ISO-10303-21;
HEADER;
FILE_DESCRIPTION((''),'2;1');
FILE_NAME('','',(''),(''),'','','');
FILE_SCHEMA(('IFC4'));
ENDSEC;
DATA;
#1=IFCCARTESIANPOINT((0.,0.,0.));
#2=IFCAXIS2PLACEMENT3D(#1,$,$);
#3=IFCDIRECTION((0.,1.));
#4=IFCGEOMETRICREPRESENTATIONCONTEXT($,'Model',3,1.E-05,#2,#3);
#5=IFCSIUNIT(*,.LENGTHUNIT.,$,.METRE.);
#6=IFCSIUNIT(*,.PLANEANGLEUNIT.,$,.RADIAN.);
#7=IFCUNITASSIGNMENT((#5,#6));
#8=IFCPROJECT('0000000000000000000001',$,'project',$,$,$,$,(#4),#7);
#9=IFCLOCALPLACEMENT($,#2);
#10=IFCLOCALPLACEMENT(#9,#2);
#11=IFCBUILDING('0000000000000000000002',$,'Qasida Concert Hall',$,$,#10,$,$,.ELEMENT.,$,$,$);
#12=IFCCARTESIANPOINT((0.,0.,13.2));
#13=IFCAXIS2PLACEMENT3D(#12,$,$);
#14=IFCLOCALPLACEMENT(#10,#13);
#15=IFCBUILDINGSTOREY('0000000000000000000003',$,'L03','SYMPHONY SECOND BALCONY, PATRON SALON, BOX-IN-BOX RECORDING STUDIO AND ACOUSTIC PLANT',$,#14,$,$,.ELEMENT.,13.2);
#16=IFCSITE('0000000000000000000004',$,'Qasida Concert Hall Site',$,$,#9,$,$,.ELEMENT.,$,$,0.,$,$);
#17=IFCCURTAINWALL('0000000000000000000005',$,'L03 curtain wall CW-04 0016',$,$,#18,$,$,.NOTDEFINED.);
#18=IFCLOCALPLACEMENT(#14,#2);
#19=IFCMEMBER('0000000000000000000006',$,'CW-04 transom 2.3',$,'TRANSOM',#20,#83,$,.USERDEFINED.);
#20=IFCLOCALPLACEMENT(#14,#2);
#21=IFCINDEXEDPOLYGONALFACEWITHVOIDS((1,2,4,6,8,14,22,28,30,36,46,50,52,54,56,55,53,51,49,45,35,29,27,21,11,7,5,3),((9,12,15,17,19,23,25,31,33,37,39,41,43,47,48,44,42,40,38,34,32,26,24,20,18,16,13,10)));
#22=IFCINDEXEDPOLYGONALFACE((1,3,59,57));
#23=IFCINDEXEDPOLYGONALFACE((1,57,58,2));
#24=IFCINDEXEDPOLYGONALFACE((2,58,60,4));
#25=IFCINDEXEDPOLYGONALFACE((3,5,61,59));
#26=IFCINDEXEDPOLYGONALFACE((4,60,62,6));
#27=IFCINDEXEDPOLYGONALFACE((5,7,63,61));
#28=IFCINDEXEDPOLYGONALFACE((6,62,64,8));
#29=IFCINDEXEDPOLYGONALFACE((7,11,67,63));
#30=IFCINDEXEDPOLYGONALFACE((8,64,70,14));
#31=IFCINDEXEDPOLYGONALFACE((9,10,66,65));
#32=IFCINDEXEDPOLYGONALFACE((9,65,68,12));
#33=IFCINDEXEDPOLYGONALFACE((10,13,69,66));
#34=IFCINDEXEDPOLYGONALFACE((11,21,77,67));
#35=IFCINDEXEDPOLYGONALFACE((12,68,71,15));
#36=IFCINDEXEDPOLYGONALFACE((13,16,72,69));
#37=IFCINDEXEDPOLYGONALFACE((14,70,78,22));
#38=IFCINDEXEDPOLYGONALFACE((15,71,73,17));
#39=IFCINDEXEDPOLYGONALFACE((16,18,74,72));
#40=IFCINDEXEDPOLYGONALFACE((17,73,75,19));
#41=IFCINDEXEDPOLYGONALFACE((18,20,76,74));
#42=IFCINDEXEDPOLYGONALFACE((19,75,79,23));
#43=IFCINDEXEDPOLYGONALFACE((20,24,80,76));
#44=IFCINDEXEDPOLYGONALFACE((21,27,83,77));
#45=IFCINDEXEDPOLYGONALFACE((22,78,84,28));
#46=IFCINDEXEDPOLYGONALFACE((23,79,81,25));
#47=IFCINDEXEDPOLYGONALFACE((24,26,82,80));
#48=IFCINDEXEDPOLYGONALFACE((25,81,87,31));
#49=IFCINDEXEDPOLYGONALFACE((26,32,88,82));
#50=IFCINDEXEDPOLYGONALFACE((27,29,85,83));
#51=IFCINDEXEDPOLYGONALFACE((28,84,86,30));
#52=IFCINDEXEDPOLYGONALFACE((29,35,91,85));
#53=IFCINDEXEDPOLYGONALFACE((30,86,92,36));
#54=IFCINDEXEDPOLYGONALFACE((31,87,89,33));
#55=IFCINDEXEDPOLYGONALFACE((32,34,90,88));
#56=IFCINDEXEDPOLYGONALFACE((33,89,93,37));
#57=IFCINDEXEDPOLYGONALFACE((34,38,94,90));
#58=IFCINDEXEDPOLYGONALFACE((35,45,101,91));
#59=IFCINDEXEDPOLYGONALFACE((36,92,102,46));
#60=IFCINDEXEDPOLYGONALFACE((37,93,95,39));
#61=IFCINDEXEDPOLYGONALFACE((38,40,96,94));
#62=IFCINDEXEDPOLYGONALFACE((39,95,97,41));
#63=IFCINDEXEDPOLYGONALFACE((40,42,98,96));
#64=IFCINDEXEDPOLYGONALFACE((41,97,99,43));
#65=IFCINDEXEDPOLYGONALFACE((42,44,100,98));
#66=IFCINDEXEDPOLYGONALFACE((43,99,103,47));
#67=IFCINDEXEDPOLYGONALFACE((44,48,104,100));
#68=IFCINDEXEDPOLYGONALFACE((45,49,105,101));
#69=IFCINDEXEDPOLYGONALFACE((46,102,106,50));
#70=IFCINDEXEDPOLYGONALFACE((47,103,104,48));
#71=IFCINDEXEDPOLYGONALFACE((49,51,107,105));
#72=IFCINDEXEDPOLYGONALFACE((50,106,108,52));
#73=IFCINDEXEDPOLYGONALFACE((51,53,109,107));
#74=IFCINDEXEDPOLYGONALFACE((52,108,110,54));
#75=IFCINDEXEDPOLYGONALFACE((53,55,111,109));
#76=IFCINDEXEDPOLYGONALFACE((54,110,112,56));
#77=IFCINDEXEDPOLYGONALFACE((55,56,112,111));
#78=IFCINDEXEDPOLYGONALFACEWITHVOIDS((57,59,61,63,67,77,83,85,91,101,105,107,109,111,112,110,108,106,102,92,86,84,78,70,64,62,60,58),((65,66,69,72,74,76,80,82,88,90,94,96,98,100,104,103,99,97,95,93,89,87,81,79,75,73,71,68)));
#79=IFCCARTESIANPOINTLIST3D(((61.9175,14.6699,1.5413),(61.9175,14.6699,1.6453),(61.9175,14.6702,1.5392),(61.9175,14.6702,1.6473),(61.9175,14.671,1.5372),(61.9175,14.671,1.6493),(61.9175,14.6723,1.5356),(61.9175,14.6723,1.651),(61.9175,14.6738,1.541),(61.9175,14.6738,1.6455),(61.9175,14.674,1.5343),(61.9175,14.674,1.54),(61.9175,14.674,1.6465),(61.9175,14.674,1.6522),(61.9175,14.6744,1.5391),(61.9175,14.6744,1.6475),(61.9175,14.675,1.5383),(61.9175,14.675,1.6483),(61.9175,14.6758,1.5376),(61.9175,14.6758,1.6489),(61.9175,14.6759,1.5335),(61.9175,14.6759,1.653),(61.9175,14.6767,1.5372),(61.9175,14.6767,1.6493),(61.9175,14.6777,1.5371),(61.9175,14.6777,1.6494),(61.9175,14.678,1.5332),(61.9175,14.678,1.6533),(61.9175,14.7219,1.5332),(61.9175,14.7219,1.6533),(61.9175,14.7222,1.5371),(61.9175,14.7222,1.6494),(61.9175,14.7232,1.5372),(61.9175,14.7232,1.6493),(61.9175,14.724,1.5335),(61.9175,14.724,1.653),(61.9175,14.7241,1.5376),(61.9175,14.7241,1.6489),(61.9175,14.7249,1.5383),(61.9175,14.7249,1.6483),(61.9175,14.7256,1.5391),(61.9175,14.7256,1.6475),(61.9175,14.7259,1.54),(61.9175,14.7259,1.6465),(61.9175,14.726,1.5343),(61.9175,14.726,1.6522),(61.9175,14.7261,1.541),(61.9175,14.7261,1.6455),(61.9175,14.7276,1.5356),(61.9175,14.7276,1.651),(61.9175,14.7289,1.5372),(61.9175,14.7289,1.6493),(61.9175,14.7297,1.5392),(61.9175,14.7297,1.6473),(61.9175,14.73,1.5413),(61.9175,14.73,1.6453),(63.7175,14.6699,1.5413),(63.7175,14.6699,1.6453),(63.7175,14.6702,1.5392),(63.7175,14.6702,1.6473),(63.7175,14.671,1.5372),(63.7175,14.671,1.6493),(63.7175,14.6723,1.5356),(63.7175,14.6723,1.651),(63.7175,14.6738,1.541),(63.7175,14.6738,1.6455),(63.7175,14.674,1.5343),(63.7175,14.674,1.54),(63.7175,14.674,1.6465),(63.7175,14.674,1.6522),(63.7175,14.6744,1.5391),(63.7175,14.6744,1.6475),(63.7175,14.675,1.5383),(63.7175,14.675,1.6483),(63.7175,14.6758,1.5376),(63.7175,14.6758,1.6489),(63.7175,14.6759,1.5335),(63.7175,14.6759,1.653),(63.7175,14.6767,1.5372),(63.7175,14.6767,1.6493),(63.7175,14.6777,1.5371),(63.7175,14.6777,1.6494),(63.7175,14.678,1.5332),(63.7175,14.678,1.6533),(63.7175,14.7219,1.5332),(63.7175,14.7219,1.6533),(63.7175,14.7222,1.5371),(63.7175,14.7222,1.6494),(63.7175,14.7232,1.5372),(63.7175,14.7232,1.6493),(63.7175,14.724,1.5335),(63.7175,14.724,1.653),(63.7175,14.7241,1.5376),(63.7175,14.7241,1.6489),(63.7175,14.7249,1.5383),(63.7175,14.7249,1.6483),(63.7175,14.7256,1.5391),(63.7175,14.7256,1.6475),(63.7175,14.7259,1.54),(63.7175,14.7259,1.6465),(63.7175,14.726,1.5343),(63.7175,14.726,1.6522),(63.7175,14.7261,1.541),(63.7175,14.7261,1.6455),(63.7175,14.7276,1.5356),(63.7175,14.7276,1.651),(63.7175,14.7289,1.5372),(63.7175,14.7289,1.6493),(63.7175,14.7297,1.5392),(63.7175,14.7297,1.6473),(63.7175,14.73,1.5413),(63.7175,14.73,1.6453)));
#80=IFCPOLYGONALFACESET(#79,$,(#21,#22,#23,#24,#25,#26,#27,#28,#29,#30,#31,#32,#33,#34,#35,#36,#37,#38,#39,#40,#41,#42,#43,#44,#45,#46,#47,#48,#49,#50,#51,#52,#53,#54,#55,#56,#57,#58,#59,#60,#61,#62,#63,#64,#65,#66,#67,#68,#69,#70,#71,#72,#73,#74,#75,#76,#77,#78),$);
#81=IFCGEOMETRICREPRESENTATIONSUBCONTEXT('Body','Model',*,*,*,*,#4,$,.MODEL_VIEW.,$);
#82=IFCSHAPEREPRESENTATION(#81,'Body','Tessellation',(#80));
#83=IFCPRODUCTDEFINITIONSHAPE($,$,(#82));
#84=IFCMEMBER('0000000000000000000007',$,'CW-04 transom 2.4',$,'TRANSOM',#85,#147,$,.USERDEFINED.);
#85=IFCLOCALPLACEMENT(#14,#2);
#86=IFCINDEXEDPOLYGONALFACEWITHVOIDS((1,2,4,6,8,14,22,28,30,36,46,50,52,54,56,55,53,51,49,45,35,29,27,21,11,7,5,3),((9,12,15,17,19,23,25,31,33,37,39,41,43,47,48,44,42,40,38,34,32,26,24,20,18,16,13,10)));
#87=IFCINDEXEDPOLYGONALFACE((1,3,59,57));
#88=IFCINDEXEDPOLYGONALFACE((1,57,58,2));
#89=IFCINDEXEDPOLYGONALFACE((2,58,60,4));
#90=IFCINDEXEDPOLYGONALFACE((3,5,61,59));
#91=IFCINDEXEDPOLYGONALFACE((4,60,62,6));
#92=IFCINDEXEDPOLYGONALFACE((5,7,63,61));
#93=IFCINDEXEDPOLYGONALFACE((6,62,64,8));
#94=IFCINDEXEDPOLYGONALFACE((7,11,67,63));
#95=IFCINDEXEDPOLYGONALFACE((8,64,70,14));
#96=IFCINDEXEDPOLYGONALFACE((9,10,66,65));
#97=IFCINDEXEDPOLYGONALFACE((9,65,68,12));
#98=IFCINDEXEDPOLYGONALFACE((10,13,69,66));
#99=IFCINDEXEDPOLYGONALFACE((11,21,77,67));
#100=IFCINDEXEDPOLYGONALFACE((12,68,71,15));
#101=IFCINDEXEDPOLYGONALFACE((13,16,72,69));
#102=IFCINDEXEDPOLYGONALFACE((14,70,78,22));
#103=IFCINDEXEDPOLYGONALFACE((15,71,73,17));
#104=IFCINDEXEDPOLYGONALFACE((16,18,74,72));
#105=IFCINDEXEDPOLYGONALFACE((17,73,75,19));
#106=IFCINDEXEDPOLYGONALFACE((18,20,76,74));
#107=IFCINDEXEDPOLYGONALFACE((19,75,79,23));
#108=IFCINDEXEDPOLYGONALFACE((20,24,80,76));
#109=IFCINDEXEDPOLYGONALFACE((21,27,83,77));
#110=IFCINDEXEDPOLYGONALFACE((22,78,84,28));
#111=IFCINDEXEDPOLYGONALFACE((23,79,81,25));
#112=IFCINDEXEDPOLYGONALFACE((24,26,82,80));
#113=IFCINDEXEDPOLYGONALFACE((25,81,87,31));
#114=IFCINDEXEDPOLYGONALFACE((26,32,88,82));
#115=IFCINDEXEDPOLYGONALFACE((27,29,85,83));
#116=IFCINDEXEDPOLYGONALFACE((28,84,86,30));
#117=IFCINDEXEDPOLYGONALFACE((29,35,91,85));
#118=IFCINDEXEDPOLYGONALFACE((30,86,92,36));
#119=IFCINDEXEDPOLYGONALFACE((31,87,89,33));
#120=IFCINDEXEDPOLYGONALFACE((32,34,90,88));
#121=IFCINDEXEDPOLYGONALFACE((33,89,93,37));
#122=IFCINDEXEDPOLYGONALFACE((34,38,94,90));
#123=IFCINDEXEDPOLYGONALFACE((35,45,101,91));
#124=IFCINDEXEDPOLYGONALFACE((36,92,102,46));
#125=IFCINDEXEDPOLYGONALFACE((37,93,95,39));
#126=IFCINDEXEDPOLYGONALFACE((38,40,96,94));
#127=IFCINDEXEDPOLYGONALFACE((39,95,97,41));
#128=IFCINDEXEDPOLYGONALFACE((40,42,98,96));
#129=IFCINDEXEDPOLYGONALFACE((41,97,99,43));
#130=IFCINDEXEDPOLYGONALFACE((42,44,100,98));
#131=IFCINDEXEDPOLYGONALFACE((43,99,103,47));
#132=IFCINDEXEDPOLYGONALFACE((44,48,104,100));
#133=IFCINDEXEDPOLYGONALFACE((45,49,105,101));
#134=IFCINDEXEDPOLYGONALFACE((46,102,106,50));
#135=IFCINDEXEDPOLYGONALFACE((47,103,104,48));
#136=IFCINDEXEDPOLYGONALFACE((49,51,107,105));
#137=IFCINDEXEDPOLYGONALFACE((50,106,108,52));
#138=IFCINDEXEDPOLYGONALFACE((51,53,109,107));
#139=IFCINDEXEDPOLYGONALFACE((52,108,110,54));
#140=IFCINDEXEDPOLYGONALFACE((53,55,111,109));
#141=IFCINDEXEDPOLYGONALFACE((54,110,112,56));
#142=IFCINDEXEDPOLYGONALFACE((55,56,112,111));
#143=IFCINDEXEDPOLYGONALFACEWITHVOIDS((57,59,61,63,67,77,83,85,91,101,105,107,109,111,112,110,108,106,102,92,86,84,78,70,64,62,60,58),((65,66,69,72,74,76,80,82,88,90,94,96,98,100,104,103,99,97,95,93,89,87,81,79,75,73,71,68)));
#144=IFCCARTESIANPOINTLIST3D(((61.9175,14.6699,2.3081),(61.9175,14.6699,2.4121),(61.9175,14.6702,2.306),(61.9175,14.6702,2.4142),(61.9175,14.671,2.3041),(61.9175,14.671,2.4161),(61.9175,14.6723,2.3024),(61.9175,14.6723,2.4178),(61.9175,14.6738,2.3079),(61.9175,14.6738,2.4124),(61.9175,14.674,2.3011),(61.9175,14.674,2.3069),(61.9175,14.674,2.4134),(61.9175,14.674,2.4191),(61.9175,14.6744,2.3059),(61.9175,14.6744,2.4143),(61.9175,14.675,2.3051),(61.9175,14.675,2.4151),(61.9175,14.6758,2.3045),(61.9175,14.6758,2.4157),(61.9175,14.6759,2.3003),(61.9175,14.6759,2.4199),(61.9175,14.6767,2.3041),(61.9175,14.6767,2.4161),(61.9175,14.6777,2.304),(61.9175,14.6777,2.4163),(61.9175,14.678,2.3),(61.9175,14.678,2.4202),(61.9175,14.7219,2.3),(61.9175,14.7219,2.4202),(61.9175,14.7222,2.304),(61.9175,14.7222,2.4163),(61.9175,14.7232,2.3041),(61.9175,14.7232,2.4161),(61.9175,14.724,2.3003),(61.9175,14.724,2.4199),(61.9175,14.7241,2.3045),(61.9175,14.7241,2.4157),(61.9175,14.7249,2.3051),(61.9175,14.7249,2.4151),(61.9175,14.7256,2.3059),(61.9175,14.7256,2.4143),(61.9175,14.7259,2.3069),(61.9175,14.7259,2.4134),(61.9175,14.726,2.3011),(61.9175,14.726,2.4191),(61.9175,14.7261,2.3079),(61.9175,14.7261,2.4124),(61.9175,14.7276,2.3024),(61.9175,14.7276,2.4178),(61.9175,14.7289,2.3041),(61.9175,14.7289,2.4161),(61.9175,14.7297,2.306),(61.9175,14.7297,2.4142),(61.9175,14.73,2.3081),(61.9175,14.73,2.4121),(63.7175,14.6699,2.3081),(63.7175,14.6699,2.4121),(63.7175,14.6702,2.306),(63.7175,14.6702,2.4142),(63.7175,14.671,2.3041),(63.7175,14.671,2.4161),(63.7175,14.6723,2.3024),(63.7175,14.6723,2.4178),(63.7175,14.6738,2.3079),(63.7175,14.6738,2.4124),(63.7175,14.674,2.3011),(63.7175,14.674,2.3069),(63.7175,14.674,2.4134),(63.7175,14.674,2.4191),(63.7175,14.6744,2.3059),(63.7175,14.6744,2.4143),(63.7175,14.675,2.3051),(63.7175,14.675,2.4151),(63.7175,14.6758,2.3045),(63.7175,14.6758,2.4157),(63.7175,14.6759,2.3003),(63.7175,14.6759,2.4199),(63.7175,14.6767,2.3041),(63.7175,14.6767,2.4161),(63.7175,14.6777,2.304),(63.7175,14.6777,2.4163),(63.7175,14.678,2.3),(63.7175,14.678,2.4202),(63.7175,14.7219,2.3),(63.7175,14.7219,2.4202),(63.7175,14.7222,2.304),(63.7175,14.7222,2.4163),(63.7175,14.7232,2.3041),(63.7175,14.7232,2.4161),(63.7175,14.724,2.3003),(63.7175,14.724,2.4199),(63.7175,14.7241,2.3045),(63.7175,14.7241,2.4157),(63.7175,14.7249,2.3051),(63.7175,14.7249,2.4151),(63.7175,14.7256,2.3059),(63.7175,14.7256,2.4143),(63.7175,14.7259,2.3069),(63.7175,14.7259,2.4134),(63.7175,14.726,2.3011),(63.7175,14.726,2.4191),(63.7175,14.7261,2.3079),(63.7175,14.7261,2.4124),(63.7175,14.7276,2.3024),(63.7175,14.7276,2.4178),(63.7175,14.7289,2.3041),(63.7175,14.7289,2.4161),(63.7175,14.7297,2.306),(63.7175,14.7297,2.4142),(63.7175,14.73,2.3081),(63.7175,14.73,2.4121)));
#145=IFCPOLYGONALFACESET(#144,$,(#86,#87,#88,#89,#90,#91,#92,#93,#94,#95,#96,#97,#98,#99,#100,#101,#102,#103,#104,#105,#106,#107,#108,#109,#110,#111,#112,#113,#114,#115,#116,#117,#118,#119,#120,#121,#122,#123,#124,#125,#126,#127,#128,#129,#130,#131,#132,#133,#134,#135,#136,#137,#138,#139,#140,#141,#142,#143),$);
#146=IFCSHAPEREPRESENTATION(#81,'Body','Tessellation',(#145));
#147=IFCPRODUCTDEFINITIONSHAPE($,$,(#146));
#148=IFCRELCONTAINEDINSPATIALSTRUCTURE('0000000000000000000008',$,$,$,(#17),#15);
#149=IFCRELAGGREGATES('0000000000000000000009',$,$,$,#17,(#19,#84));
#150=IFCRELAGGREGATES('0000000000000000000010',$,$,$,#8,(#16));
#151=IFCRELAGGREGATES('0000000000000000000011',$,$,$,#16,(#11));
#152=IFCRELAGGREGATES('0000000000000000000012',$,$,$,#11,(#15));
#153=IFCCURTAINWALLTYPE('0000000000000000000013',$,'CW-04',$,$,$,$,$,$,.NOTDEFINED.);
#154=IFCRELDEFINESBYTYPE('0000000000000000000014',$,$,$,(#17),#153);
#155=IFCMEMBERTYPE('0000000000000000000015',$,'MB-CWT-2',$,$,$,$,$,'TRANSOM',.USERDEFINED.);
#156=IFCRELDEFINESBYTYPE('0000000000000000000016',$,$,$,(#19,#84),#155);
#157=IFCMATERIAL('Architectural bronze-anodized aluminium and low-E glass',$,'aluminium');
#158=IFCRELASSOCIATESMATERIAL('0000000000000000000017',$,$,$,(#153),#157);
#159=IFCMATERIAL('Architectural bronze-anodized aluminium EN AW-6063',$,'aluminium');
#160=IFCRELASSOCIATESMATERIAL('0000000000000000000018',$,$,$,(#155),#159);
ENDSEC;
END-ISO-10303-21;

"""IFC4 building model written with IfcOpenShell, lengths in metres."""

from ifc_helpers import new_model, si_unit, direction, frame, origin, origin_2d, place, context, subcontext, project, spatial, hollow_rectangle, extrude, material, material_profile, profile_set, type_object, element, aggregate, save


model = new_model("IFC4")

# Units and contexts
model_context = context("Model", 3, precision=1e-05, world=origin(), true_north=direction((0.0, 1.0)))
body_context = subcontext(model_context, "Body", "Model", "MODEL_VIEW")
ifc_project = project(units=[si_unit("LENGTHUNIT", "METRE"), si_unit("PLANEANGLEUNIT", "RADIAN")], contexts=[model_context])

# Site, building, storey
site_placement = place(None, origin())
site = spatial("IfcSite", under=ifc_project, at=site_placement, Name="Qasida Concert Hall Site", CompositionType="ELEMENT", RefElevation=0.0)
building_placement = place(site_placement, origin())
building = spatial("IfcBuilding", under=site, at=building_placement, Name="Qasida Concert Hall", CompositionType="ELEMENT")
storey_placement = place(building_placement, frame((0.0, 0.0, 13.2)))
storey = spatial("IfcBuildingStorey", under=building, at=storey_placement, Name="L03", Description="SYMPHONY SECOND BALCONY, PATRON SALON, BOX-IN-BOX RECORDING STUDIO AND ACOUSTIC PLANT", CompositionType="ELEMENT", Elevation=13.2)

# Curtain wall, members
ifc_material_1 = material(Name="Architectural bronze-anodized aluminium and low-E glass", Category="aluminium")
curtain_wall_type = type_object("IfcCurtainWallType", Name="CW-04", PredefinedType="NOTDEFINED", material=ifc_material_1)
curtain_wall_placement = place(storey_placement, origin())
curtain_wall = element("IfcCurtainWall", 1, at=curtain_wall_placement, inside=storey, type_object=curtain_wall_type, Name="L03 curtain wall CW-04 0016", PredefinedType="NOTDEFINED")
ifc_material_2 = material(Name="Architectural bronze-anodized aluminium EN AW-6063", Category="aluminium")
ifc_material_profile_1 = material_profile(ifc_material_2, hollow_rectangle(XDim=0.0601, YDim=0.1201, WallThickness=0.0039, InnerFilletRadius=0.0039, OuterFilletRadius=0.0081, at=origin_2d()), Name="CWT 120x60x4")
ifc_profile_set_1 = profile_set([ifc_material_profile_1], Name="Architectural bronze-anodized aluminium EN AW-6063")
member_type_1 = type_object("IfcMemberType", Name="MB-CWT-2", ElementType="TRANSOM", PredefinedType="USERDEFINED", material=ifc_profile_set_1)
member_1_placement = place(storey_placement, frame((61.9175, 14.7, 1.5933), z_axis=(1.0, 0.0, 0.0), x_axis=(0.0, 1.0, 0.0)))
member_1 = element("IfcMember", 2, at=member_1_placement, type_object=member_type_1, Name="CW-04 transom 2.3", ObjectType="TRANSOM", PredefinedType="USERDEFINED", context=body_context, shape_type="SweptSolid", body=[
    extrude(hollow_rectangle(XDim=0.0601, YDim=0.1201, WallThickness=0.0039, InnerFilletRadius=0.0039, OuterFilletRadius=0.0081, at=origin_2d()), origin(), (0.0, 0.0, 1.0), 1.8),
])
member_2_placement = place(storey_placement, frame((61.9175, 14.7, 2.3601), z_axis=(1.0, 0.0, 0.0), x_axis=(0.0, 1.0, 0.0)))
member_2 = element("IfcMember", 3, at=member_2_placement, type_object=member_type_1, Name="CW-04 transom 2.4", ObjectType="TRANSOM", PredefinedType="USERDEFINED", context=body_context, shape_type="SweptSolid", body=[
    extrude(hollow_rectangle(XDim=0.0601, YDim=0.1201, WallThickness=0.0039, InnerFilletRadius=0.0039, OuterFilletRadius=0.0081, at=origin_2d()), origin(), (0.0, 0.0, 1.0), 1.8),
])
aggregate(curtain_wall, [member_1, member_2])

save(model, "model.ifc")
